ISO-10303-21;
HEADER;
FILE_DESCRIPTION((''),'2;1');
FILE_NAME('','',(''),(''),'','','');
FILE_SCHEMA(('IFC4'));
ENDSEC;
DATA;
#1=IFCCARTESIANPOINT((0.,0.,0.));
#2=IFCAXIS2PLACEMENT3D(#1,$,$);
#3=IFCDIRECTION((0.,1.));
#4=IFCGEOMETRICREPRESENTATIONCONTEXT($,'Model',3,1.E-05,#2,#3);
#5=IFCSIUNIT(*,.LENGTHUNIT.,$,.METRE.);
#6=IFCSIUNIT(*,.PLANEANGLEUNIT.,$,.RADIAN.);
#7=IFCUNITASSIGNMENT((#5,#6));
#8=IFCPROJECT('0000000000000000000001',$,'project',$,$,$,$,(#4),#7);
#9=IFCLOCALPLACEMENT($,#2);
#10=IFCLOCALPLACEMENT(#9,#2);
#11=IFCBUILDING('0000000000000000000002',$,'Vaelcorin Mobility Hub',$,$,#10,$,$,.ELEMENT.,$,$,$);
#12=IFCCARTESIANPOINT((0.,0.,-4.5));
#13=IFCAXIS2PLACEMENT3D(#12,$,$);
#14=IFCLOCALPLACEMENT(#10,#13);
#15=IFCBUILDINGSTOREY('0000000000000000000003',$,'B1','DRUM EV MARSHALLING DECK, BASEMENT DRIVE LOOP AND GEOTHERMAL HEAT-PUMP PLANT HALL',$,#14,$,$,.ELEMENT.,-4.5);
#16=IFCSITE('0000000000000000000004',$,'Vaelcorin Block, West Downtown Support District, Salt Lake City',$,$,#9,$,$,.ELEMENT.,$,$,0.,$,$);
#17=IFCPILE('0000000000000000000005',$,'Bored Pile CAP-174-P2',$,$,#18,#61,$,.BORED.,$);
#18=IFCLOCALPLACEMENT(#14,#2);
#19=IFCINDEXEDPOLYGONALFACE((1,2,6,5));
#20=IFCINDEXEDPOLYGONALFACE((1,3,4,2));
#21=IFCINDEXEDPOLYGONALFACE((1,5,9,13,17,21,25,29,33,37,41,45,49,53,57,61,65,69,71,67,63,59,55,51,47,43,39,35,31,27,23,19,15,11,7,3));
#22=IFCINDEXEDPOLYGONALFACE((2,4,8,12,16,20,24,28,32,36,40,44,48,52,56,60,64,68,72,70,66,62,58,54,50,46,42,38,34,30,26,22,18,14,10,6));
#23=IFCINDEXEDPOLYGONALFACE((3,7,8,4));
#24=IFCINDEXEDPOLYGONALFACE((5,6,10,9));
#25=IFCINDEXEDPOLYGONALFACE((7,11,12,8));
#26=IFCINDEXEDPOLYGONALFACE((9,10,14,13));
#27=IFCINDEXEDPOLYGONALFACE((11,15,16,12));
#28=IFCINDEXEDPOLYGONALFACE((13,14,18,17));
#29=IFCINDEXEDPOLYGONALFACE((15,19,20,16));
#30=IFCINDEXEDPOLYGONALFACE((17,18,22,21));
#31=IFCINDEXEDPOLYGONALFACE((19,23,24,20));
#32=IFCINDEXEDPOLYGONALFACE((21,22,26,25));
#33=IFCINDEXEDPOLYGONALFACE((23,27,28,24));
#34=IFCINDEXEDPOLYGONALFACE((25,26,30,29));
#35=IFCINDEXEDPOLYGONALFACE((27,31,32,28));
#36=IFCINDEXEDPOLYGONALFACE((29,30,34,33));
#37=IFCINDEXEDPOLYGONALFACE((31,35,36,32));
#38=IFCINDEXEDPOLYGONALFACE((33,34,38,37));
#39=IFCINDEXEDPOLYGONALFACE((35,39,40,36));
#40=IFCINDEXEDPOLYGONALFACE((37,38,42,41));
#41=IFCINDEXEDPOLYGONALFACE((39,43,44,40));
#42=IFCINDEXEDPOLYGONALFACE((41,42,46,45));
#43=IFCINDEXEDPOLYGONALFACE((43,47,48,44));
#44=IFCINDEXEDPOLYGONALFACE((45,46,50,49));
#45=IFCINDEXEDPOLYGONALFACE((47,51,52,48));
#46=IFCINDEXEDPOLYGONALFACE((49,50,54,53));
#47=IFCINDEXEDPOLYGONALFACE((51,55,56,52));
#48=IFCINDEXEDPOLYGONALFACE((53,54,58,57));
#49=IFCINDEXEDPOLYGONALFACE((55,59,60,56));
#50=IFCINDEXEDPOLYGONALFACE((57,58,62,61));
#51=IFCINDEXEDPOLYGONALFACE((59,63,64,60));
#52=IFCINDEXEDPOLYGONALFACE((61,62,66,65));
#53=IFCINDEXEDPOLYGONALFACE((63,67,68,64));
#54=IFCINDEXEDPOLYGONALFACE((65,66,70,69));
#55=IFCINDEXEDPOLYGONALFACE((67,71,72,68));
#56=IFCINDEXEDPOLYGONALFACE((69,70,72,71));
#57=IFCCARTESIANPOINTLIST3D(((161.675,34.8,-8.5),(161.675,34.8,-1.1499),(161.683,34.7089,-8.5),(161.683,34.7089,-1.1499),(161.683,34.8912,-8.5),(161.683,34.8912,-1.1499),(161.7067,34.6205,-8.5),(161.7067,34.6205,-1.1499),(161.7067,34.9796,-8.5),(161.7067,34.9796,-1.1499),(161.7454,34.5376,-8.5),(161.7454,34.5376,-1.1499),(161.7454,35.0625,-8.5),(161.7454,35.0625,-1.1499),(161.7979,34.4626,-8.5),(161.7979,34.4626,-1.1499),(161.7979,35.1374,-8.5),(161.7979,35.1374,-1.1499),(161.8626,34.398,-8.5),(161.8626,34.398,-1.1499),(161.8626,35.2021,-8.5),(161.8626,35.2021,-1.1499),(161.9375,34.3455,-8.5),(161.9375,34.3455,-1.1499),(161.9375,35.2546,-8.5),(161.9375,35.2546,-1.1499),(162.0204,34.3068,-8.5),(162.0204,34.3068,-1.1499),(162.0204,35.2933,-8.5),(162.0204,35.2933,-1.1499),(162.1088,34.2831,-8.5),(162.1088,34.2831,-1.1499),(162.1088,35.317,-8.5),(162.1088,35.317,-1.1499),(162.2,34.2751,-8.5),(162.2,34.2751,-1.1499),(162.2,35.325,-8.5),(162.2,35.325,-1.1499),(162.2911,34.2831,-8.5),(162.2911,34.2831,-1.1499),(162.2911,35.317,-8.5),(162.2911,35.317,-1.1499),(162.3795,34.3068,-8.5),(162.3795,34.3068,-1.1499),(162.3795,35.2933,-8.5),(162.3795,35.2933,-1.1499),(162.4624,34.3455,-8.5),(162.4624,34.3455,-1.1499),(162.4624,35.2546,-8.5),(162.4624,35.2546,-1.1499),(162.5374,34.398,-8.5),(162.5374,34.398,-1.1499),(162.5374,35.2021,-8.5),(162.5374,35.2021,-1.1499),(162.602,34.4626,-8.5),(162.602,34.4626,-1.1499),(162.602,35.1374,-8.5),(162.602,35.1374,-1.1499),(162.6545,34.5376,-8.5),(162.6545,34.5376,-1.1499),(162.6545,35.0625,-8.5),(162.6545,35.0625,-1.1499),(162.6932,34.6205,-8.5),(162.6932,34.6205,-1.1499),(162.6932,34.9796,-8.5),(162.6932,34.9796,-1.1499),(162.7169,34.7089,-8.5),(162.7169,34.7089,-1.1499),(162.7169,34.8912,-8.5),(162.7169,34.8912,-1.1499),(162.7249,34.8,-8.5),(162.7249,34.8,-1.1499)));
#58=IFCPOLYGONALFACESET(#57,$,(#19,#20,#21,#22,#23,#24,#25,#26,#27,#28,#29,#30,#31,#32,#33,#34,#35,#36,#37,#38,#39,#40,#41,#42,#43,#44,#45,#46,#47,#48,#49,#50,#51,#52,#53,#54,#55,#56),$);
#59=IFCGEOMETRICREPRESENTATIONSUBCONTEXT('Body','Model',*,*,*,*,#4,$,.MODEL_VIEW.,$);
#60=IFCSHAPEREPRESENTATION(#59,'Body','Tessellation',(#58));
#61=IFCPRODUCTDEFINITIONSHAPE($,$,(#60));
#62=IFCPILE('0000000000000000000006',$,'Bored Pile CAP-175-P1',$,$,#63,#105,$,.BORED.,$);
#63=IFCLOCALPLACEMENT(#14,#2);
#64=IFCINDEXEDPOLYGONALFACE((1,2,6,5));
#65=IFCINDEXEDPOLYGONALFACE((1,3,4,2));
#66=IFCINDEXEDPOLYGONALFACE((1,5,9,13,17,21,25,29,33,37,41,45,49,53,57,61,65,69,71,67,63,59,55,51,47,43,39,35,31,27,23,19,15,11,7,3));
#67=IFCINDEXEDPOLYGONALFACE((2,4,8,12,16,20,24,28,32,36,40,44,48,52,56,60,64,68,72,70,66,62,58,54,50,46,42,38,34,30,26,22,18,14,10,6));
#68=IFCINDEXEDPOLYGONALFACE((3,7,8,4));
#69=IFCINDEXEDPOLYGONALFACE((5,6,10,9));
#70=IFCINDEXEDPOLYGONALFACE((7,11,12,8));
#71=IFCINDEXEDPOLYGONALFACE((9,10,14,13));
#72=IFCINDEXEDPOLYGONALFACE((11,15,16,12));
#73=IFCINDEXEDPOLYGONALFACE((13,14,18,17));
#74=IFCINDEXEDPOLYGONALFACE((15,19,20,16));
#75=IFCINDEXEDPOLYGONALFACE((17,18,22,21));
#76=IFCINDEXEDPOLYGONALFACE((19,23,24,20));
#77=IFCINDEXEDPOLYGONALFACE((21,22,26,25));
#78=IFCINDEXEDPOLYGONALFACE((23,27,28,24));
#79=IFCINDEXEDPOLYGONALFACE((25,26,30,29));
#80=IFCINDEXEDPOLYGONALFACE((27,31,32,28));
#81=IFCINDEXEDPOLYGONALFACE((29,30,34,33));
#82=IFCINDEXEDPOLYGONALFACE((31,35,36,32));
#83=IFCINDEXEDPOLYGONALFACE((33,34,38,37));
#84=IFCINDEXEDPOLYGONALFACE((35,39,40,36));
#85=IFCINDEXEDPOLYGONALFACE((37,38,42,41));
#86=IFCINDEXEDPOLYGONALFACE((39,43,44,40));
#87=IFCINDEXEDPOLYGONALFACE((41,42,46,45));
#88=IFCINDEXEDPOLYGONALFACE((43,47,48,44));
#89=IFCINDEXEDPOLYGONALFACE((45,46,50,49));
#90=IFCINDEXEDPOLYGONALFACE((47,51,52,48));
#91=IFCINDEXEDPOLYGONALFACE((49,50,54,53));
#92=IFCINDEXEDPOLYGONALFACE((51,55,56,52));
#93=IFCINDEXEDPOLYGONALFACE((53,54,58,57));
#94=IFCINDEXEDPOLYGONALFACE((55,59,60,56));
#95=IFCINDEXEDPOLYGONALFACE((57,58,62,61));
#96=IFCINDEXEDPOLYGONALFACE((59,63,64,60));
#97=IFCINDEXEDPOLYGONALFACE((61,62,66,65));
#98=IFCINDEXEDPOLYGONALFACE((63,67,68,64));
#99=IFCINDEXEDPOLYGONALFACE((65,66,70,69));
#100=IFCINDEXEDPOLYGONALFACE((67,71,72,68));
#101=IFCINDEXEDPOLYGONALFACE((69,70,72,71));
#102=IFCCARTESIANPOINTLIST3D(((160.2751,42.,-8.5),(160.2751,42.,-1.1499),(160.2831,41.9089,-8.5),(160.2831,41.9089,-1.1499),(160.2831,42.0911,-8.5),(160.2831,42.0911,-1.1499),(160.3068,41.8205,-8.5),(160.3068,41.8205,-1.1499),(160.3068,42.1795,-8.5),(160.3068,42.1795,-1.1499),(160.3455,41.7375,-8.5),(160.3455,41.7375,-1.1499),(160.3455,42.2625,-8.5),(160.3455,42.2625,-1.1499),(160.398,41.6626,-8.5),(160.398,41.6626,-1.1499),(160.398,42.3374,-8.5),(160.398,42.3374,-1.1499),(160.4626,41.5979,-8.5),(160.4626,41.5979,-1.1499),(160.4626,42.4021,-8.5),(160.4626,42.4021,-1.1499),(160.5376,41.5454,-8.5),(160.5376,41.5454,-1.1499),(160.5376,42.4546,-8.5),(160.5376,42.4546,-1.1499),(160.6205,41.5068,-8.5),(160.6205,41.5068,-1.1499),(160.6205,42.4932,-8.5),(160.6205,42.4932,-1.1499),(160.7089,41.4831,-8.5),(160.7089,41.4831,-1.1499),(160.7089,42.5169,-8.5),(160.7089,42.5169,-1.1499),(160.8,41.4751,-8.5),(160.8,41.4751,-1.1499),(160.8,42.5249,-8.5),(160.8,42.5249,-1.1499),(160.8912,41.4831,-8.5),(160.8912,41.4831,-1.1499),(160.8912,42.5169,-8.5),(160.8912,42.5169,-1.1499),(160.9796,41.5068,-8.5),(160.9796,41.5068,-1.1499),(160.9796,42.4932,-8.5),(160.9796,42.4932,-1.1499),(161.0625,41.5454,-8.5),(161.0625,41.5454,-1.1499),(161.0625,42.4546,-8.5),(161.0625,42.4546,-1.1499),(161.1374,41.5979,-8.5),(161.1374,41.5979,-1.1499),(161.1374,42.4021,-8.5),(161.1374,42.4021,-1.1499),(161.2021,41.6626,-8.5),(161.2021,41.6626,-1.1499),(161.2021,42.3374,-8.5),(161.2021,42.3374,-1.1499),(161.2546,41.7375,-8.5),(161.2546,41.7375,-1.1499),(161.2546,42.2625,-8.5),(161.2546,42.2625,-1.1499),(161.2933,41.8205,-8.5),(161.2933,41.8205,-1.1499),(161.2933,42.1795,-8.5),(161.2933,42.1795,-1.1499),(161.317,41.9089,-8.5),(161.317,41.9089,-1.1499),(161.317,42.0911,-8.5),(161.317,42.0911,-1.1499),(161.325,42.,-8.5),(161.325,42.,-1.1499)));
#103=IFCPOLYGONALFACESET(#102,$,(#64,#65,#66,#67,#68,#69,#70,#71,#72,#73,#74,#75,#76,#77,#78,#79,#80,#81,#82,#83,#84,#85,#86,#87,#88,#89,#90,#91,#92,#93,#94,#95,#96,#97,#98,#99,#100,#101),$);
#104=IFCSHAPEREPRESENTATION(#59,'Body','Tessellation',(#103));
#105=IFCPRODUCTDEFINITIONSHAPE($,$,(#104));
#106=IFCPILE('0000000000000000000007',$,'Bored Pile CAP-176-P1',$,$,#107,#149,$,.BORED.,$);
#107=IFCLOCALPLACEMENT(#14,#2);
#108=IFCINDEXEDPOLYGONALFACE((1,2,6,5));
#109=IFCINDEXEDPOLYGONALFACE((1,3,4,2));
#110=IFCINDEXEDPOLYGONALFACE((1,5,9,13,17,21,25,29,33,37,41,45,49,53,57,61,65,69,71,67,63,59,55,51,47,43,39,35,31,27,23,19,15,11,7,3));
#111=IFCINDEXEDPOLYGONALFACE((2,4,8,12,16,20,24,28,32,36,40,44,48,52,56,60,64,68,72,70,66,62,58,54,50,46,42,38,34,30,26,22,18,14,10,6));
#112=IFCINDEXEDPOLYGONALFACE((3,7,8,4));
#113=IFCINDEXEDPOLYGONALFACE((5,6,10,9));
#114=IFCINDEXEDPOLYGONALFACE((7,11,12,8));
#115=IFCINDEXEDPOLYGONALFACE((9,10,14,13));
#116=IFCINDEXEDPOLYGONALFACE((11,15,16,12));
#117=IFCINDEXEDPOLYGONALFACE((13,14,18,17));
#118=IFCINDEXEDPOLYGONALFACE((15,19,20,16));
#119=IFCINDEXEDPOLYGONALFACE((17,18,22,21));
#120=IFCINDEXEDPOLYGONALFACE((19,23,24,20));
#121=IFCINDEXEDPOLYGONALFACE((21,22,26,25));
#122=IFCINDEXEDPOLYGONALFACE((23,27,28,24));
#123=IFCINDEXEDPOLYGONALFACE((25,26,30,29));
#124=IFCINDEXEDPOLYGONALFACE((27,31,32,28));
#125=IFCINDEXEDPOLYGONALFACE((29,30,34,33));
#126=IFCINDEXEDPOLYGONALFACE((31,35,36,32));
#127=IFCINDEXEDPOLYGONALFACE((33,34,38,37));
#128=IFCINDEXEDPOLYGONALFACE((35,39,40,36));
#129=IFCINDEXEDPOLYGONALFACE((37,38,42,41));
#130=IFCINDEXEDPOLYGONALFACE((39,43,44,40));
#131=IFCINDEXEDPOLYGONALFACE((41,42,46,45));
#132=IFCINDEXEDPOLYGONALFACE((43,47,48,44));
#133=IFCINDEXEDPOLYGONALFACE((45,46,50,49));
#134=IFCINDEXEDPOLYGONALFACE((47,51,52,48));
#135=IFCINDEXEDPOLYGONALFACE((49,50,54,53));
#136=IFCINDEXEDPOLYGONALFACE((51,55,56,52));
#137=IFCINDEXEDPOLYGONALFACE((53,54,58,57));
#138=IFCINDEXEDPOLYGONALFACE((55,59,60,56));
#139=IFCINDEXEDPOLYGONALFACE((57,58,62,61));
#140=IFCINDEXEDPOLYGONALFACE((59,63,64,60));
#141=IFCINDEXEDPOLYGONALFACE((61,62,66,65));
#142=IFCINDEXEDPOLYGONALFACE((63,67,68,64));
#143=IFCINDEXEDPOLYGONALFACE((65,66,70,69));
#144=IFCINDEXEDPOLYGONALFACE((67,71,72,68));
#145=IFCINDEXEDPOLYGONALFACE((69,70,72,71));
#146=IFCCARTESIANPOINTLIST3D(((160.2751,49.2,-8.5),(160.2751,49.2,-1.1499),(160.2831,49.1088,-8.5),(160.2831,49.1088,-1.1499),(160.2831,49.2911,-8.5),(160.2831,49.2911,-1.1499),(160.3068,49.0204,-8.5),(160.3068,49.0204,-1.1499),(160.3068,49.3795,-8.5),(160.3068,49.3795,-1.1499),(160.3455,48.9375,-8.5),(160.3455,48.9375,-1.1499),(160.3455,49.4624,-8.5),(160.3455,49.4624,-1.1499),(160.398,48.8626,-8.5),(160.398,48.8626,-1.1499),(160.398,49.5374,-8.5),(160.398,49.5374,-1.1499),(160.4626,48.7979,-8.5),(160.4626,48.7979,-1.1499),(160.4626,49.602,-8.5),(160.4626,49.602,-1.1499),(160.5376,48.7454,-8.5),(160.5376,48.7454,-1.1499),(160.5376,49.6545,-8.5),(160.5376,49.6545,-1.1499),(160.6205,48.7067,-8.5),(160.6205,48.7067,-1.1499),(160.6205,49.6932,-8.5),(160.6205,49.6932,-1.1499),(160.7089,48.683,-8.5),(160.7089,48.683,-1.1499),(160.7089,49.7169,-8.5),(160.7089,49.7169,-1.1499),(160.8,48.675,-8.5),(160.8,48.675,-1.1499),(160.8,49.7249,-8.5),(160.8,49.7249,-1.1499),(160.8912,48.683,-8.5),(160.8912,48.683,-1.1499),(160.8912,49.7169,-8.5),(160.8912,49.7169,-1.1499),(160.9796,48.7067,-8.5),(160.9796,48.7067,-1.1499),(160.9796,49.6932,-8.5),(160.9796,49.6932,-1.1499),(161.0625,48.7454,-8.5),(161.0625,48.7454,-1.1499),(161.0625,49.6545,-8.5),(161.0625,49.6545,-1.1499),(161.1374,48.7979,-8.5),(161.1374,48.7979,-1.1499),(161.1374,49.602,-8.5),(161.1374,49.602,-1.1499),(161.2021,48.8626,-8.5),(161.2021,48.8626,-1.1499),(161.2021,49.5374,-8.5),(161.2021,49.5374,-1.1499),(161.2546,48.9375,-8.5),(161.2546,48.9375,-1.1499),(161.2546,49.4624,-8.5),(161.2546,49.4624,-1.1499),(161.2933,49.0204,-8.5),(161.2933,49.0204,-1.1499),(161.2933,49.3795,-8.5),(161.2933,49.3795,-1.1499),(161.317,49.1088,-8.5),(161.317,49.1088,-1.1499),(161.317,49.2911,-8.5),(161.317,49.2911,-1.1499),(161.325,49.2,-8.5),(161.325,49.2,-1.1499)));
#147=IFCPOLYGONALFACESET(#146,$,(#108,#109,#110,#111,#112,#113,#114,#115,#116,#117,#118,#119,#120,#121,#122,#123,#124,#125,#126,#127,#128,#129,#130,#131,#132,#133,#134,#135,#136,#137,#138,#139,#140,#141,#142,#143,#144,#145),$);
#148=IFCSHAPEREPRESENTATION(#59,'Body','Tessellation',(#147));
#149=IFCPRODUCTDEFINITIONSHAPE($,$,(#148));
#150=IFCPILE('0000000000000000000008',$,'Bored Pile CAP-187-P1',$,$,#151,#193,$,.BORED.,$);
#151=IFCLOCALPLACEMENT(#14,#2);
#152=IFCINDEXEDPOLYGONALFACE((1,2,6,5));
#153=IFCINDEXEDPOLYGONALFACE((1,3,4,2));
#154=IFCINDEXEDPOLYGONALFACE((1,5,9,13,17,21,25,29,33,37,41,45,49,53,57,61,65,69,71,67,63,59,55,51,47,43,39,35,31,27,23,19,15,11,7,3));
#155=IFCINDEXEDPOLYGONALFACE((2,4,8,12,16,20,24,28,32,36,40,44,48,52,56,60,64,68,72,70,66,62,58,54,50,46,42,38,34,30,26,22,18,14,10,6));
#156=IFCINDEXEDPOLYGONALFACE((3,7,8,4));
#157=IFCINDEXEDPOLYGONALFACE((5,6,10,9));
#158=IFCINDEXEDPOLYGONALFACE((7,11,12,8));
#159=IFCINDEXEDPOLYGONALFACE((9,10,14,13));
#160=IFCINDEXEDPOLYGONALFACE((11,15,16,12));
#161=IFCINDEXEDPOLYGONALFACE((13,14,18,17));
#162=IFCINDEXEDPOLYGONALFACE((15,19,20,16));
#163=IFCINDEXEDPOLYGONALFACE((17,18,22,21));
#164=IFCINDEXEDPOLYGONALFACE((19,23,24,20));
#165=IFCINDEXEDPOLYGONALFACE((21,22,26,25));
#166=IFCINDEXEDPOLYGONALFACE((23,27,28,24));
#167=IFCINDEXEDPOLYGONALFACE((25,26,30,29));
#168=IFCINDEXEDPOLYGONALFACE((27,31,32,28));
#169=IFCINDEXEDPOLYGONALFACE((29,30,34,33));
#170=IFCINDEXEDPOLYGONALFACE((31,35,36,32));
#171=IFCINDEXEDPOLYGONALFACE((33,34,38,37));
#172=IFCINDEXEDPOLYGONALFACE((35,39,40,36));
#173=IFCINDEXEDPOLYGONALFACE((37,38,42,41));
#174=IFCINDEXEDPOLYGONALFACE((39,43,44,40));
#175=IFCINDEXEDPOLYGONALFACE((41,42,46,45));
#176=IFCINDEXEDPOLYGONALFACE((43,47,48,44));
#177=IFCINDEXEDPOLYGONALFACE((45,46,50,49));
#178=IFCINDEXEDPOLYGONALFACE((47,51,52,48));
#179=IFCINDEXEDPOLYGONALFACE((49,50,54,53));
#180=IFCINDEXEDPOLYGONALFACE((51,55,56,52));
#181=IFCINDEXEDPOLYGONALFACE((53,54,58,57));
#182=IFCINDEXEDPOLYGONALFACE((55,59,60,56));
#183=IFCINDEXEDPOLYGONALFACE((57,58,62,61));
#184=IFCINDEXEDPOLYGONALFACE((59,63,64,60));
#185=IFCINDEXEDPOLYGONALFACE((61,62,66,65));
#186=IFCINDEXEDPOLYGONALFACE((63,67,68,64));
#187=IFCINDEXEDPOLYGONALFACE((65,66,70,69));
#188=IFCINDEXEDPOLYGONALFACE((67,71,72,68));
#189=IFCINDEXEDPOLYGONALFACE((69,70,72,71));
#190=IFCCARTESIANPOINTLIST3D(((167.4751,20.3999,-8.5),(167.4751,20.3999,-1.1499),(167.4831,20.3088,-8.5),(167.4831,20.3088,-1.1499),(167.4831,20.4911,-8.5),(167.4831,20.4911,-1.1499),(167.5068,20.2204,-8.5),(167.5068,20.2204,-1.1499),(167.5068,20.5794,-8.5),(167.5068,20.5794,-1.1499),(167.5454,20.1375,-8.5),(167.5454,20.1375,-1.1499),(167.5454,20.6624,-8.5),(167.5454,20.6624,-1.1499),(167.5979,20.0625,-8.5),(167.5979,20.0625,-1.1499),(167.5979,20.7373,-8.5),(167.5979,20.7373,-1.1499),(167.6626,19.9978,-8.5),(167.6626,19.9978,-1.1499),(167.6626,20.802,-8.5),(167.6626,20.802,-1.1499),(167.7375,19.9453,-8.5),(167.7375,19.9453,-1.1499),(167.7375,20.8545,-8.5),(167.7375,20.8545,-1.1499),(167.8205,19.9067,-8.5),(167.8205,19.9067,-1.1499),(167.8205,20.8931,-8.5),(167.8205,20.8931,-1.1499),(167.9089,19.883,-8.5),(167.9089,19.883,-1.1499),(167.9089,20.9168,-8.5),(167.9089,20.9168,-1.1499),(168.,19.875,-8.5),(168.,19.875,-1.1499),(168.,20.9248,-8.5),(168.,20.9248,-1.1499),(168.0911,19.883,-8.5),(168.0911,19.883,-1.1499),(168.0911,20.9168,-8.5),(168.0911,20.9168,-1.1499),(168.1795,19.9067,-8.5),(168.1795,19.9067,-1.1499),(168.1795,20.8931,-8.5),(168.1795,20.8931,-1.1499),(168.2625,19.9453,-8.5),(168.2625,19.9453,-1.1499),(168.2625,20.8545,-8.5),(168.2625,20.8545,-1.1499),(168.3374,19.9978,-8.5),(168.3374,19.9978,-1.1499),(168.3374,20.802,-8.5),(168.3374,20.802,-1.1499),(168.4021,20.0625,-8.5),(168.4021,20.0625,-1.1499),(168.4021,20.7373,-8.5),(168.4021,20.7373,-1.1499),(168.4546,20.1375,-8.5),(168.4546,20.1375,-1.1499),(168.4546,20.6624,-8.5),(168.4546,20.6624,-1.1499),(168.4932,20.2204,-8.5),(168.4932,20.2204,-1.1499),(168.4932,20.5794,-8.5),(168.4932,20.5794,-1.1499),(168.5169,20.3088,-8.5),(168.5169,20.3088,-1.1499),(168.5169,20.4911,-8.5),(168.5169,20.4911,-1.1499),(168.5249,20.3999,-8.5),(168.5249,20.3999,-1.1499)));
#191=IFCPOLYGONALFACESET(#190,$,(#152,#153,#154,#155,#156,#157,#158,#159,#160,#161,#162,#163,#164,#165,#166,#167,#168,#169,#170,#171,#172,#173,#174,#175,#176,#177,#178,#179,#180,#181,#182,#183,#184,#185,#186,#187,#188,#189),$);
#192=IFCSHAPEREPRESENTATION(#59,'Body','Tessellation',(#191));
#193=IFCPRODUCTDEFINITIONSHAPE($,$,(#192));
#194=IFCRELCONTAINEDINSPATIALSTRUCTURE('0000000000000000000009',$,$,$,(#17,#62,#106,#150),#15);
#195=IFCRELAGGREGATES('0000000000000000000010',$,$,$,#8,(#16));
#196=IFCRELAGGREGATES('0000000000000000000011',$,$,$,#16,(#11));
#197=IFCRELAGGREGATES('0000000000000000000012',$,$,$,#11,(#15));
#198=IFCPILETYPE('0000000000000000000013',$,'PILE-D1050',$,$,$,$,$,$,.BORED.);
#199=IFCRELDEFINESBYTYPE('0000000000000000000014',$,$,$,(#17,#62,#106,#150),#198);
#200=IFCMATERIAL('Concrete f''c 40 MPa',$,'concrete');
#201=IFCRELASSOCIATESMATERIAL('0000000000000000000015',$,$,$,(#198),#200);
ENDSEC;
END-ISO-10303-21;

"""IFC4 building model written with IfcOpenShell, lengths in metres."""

from ifc_helpers import new_model, si_unit, direction, frame, origin, origin_2d, place, context, subcontext, project, spatial, circle, extrude, material, material_profile, profile_set, type_object, element, save


model = new_model("IFC4")

# Units and contexts
model_context = context("Model", 3, precision=1e-05, world=origin(), true_north=direction((0.0, 1.0)))
body_context = subcontext(model_context, "Body", "Model", "MODEL_VIEW")
ifc_project = project(units=[si_unit("LENGTHUNIT", "METRE"), si_unit("PLANEANGLEUNIT", "RADIAN")], contexts=[model_context])

# Site, building, storey
site_placement = place(None, origin())
site = spatial("IfcSite", under=ifc_project, at=site_placement, Name="Vaelcorin Block, West Downtown Support District, Salt Lake City", CompositionType="ELEMENT", RefElevation=0.0)
building_placement = place(site_placement, origin())
building = spatial("IfcBuilding", under=site, at=building_placement, Name="Vaelcorin Mobility Hub", CompositionType="ELEMENT")
storey_placement = place(building_placement, frame((0.0, 0.0, -4.5)))
storey = spatial("IfcBuildingStorey", under=building, at=storey_placement, Name="B1", Description="DRUM EV MARSHALLING DECK, BASEMENT DRIVE LOOP AND GEOTHERMAL HEAT-PUMP PLANT HALL", CompositionType="ELEMENT", Elevation=-4.5)

# Shared definitions
ifc_material_1 = material(Name="Concrete f'c 40 MPa", Category="concrete")

# Piles
ifc_material_profile_1 = material_profile(ifc_material_1, circle(Radius=0.5249, at=origin_2d()), Name="BP-D1050")
ifc_profile_set_1 = profile_set([ifc_material_profile_1], Name="Concrete f'c 40 MPa")
pile_type = type_object("IfcPileType", Name="PILE-D1050", PredefinedType="BORED", material=ifc_profile_set_1)
for number, where, z_axis, x_axis, name in (
    (1, (162.2, 34.8, -1.1499), (0.0, 0.0, -1.0), (1.0, 0.0, 0.0), "Bored Pile CAP-174-P2"),
    (2, (160.8, 42.0, -1.1499), (0.0, 0.0, -1.0), (1.0, 0.0, 0.0), "Bored Pile CAP-175-P1"),
    (3, (160.8, 49.2, -1.1499), (0.0, 0.0, -1.0), (1.0, 0.0, 0.0), "Bored Pile CAP-176-P1"),
    (4, (168.0, 20.3999, -1.1499), (0.0, 0.0, -1.0), (1.0, 0.0, 0.0), "Bored Pile CAP-187-P1"),
):
    element("IfcPile", number, at=place(storey_placement, frame(where, z_axis=z_axis, x_axis=x_axis)), inside=storey, type_object=pile_type, Name=name, PredefinedType="BORED", context=body_context, shape_type="SweptSolid", body=[
        extrude(circle(Radius=0.5249, at=origin_2d()), origin(), (0.0, 0.0, 1.0), 7.3501),
    ])

save(model, "model.ifc")
